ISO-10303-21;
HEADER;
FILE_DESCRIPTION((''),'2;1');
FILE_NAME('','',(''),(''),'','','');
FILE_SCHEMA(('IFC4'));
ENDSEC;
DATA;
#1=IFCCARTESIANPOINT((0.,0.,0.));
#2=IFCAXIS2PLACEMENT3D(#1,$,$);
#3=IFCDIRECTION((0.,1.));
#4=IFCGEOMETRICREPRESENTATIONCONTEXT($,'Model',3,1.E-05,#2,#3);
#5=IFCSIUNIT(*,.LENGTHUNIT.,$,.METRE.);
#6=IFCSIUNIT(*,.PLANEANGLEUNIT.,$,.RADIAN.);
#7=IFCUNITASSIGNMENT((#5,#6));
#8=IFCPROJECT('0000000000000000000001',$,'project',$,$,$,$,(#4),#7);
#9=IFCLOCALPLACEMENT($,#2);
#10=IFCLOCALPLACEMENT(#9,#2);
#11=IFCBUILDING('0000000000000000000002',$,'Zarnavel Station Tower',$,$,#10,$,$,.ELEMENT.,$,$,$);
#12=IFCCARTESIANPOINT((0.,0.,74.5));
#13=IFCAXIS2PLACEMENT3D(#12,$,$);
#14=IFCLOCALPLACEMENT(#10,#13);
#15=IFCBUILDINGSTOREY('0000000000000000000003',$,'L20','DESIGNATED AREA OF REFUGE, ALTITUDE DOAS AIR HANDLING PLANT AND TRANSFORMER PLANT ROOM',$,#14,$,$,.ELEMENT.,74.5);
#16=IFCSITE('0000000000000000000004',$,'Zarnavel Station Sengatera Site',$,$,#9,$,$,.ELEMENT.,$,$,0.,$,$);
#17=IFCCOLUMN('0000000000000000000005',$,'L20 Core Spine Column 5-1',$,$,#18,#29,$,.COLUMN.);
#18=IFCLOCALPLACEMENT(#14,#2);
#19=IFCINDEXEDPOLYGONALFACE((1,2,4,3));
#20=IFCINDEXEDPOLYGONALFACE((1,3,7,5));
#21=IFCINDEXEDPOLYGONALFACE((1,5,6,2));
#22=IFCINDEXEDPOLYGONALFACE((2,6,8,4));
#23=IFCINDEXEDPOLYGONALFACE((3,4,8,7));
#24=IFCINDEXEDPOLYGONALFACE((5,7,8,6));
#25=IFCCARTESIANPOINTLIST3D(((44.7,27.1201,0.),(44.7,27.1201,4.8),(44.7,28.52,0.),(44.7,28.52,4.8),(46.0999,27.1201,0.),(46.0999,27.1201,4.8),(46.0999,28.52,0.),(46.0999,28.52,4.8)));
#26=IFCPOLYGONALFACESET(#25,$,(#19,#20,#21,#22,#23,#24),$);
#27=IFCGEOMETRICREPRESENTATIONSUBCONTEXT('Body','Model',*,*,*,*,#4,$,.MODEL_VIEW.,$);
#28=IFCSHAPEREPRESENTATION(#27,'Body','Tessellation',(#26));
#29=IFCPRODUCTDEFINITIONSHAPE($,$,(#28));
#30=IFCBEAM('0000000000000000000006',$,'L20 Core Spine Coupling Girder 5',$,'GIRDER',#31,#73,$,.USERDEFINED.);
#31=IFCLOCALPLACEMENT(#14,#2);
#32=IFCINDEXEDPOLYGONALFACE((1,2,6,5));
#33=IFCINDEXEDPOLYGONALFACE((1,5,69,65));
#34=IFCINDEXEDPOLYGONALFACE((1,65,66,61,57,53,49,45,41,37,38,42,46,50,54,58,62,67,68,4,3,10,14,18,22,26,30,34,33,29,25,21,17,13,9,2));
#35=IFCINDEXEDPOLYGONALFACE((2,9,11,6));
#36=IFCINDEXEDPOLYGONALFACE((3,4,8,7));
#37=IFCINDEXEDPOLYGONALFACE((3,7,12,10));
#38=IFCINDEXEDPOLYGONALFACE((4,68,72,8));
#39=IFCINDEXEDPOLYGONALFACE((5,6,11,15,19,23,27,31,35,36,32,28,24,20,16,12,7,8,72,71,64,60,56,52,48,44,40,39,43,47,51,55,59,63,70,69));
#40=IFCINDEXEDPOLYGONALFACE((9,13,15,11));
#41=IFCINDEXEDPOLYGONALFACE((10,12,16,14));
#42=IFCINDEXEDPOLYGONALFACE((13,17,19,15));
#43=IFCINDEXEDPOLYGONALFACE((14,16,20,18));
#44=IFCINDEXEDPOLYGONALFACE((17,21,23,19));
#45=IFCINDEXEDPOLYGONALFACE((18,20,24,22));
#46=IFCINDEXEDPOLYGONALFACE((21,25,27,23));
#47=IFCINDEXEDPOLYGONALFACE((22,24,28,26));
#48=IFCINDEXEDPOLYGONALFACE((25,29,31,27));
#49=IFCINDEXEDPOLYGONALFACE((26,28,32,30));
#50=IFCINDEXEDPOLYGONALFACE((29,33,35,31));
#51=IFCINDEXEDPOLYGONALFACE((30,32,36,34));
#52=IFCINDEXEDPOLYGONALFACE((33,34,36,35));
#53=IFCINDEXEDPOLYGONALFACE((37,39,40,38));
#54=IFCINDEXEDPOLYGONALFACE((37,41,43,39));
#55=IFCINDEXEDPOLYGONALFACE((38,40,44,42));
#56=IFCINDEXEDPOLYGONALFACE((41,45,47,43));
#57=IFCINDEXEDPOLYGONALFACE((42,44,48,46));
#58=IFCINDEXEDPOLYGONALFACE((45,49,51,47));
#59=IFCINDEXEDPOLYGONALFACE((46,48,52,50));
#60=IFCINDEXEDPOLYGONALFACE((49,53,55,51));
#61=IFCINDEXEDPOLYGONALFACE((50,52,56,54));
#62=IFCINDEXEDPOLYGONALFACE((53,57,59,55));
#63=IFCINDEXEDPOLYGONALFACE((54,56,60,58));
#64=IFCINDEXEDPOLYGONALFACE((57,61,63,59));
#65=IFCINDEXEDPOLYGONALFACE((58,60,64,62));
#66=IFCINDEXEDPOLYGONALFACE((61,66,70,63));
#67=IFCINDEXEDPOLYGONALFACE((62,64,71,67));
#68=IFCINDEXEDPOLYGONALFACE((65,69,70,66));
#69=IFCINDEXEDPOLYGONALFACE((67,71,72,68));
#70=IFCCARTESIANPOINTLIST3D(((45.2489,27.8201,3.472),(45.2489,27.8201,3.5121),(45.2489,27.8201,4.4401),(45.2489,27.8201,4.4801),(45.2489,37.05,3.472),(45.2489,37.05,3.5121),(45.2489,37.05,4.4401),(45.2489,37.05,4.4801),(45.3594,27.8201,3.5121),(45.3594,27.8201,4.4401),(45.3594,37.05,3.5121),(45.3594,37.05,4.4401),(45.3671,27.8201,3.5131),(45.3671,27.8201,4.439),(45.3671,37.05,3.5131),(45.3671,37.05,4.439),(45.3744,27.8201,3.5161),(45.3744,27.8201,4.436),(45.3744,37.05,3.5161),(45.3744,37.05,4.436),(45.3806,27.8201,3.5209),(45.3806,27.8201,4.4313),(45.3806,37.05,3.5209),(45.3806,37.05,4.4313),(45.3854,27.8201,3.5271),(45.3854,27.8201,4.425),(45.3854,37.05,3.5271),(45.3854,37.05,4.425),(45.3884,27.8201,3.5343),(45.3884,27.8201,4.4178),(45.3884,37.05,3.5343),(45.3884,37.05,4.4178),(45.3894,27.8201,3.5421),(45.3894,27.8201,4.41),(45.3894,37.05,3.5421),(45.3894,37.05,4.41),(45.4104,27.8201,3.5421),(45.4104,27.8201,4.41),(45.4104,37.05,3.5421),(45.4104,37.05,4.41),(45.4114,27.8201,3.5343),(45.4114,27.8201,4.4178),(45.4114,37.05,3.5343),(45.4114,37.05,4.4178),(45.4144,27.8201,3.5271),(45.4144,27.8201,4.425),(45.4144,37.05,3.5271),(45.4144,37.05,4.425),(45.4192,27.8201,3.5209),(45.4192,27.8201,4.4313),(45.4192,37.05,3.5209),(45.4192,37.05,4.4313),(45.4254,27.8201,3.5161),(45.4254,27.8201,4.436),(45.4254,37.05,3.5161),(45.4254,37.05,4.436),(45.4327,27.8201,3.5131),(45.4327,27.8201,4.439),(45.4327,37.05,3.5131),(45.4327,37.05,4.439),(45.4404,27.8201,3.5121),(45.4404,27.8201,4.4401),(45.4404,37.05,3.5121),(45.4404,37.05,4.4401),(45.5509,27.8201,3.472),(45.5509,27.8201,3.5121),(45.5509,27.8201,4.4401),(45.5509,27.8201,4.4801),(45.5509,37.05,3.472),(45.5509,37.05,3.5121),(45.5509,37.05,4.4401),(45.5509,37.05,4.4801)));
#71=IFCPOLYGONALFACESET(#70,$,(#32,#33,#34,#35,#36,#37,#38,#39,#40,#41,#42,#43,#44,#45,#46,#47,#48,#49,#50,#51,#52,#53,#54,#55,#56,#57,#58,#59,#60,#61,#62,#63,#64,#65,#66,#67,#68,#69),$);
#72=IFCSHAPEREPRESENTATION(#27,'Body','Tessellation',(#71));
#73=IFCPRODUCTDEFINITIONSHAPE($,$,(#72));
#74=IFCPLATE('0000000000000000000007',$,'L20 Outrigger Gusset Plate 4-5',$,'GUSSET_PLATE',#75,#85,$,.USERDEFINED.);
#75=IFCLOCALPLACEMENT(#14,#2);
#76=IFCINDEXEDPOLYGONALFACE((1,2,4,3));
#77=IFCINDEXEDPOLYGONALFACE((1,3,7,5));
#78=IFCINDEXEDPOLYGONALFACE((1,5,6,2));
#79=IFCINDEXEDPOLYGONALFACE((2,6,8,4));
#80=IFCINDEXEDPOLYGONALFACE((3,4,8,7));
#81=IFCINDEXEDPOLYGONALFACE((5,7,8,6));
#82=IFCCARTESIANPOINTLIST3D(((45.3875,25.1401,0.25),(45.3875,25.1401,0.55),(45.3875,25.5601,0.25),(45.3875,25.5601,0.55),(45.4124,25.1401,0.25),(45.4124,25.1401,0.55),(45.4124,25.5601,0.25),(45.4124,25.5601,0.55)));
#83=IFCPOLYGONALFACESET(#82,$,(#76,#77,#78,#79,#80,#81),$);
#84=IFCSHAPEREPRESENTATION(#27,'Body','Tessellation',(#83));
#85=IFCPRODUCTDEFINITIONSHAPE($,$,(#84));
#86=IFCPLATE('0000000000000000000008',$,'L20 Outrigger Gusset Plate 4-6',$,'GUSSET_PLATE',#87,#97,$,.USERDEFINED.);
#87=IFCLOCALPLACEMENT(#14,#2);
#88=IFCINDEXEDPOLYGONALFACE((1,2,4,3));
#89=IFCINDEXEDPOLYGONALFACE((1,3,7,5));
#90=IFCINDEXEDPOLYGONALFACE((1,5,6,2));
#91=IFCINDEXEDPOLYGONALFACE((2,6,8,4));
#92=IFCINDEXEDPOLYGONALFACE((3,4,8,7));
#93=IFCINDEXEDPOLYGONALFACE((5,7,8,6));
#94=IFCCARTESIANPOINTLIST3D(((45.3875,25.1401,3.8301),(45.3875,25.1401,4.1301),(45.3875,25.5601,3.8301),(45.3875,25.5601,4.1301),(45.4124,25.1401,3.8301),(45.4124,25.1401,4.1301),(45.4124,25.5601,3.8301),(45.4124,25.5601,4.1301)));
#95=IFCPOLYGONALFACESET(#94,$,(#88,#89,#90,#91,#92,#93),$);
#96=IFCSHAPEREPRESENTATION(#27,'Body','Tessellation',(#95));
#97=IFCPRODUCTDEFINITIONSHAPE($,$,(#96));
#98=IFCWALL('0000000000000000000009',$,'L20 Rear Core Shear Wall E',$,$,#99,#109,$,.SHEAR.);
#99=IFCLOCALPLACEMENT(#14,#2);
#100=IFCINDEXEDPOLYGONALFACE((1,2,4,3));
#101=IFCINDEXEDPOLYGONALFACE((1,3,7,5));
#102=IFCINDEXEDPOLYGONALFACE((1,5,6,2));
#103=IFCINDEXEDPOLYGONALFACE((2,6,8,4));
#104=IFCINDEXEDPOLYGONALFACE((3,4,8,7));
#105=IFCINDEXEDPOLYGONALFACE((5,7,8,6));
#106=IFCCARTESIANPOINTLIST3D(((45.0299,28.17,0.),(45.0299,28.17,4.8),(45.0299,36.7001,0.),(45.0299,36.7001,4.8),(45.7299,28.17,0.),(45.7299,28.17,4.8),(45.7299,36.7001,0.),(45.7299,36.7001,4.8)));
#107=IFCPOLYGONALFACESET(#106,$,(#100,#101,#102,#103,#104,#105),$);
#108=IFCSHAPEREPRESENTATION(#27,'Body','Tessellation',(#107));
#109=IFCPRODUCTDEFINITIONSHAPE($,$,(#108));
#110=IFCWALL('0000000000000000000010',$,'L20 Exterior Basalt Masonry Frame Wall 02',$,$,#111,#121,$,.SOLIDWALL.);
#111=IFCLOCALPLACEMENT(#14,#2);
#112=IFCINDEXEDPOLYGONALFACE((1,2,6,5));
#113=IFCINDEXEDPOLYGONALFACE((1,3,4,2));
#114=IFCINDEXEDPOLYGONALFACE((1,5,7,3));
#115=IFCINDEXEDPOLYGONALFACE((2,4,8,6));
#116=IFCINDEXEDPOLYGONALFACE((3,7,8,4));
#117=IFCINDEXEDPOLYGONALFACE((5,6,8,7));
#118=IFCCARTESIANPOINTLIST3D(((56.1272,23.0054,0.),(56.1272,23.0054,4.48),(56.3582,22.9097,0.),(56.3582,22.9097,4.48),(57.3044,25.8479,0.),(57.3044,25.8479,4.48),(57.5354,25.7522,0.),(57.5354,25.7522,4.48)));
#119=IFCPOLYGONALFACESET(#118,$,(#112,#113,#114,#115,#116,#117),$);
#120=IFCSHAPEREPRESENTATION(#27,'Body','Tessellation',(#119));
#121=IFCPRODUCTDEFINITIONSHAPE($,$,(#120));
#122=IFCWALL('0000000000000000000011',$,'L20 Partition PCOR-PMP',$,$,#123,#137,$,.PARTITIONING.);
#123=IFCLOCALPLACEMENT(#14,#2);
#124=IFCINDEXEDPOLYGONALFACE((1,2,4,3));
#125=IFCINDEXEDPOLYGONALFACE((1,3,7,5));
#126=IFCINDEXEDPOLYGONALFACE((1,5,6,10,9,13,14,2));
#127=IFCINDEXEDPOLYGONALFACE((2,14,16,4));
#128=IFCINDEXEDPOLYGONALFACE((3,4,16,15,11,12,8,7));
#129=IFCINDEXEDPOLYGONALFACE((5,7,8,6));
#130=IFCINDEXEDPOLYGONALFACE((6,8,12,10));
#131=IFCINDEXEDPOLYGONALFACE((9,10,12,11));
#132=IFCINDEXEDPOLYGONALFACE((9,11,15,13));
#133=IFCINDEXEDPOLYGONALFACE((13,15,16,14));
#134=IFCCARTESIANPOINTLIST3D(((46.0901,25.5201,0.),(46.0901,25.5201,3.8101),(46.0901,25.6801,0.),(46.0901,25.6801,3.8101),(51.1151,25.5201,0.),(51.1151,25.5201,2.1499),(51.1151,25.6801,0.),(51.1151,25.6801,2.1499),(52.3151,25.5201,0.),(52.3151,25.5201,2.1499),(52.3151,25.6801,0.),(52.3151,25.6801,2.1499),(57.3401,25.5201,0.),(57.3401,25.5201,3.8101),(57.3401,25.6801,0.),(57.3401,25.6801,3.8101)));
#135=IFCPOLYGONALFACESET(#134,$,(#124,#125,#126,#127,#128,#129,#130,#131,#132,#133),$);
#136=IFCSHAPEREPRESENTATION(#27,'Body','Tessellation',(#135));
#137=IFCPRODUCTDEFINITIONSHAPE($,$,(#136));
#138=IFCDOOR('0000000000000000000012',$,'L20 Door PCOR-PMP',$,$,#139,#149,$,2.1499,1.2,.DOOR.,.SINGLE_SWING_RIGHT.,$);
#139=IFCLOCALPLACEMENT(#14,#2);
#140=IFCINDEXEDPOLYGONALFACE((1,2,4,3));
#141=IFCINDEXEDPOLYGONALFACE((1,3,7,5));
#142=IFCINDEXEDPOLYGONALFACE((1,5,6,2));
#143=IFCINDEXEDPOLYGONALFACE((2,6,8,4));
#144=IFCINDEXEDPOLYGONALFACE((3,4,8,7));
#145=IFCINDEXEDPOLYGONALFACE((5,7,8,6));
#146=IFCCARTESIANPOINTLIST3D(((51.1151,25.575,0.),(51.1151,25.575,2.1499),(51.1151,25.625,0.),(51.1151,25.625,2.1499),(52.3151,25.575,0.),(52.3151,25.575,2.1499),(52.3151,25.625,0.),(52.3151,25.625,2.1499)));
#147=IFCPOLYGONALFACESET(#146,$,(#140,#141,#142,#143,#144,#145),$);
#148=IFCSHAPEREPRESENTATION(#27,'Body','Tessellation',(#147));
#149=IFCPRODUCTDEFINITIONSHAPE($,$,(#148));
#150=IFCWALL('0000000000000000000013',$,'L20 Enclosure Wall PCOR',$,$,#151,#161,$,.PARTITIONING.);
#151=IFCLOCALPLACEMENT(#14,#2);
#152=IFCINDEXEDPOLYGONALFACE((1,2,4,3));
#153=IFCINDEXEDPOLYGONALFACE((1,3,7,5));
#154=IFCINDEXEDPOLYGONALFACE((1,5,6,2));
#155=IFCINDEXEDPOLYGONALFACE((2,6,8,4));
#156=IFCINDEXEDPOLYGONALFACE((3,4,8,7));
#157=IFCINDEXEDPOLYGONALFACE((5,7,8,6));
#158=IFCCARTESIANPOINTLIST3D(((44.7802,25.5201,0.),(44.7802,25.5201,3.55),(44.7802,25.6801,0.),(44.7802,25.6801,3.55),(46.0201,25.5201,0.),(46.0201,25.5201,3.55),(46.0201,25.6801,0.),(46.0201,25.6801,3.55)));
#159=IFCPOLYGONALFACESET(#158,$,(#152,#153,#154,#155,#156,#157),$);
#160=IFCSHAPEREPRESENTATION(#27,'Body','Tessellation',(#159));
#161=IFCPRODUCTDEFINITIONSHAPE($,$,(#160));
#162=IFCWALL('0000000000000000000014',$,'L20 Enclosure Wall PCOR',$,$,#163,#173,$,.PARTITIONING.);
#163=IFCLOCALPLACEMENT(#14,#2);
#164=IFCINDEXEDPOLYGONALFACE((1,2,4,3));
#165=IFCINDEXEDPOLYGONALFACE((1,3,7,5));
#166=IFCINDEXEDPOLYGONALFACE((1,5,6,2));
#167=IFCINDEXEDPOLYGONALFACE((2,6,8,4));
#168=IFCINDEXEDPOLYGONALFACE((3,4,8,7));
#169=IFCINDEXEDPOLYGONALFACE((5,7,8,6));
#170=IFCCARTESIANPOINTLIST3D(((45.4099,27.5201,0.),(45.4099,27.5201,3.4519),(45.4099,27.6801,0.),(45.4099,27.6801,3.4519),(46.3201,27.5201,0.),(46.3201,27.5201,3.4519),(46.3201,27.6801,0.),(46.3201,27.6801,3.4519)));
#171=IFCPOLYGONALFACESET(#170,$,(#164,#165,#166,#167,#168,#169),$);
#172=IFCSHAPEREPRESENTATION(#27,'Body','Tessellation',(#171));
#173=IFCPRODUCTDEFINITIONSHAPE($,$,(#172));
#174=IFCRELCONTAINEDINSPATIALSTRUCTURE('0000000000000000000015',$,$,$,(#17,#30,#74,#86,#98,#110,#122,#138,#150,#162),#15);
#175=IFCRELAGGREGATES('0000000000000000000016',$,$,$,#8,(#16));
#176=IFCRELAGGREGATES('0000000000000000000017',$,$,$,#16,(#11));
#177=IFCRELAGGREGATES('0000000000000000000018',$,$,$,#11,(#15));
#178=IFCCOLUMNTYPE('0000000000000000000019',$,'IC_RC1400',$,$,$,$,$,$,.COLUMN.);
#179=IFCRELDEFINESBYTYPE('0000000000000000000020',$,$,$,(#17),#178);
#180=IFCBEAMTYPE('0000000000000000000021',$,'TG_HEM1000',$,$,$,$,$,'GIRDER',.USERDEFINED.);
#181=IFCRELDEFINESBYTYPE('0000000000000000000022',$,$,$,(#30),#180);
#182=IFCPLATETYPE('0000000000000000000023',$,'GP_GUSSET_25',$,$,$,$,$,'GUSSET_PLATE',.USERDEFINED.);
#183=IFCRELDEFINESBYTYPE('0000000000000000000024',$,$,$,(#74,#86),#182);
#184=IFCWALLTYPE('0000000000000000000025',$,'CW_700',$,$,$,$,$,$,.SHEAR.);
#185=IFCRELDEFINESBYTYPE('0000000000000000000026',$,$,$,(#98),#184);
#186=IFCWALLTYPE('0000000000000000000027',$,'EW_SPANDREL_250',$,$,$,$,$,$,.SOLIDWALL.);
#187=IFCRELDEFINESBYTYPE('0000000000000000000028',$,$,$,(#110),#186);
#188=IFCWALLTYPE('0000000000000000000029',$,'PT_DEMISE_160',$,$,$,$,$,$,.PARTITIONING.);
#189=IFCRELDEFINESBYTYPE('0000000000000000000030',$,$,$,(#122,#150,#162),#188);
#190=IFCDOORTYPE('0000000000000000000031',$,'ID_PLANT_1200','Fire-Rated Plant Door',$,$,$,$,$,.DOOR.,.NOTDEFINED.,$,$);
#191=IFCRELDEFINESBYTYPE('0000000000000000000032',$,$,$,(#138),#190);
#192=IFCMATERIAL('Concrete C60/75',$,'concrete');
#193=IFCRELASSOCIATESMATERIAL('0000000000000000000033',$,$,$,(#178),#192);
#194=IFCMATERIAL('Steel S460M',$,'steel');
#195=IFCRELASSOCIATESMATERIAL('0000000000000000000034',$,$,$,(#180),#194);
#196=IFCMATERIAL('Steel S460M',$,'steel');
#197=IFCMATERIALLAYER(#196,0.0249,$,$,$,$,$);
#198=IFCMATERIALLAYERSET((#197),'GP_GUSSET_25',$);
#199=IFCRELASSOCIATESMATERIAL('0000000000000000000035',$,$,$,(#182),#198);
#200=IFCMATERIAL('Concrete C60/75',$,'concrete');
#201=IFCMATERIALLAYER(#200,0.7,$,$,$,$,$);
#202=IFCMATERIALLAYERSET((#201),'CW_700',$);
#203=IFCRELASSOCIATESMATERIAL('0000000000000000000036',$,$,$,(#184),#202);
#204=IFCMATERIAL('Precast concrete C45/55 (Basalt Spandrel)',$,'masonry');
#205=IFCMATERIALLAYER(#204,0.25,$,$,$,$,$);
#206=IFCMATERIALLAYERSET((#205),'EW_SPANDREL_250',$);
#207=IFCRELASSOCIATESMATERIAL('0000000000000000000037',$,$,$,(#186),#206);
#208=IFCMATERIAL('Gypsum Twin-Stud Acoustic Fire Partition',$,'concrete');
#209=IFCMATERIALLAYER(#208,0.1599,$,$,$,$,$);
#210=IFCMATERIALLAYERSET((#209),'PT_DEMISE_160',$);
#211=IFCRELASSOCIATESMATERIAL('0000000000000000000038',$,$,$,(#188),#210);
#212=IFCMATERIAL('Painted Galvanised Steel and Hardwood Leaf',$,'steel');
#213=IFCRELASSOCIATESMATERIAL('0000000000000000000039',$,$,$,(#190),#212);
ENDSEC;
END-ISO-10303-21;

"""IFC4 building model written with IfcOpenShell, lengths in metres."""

from ifc_helpers import new_model, si_unit, direction, frame, frame_2d, origin, origin_2d, place, context, subcontext, project, spatial, rectangle, i_section, extrude, material, layer, layer_set, material_profile, profile_set, type_object, element, fill, save


model = new_model("IFC4")

# Units and contexts
model_context = context("Model", 3, precision=1e-05, world=origin(), true_north=direction((0.0, 1.0)))
body_context = subcontext(model_context, "Body", "Model", "MODEL_VIEW")
ifc_project = project(units=[si_unit("LENGTHUNIT", "METRE"), si_unit("PLANEANGLEUNIT", "RADIAN")], contexts=[model_context])

# Site, building, storey
site_placement = place(None, origin())
site = spatial("IfcSite", under=ifc_project, at=site_placement, Name="Zarnavel Station Sengatera Site", CompositionType="ELEMENT", RefElevation=0.0)
building_placement = place(site_placement, origin())
building = spatial("IfcBuilding", under=site, at=building_placement, Name="Zarnavel Station Tower", CompositionType="ELEMENT")
storey_placement = place(building_placement, frame((0.0, 0.0, 74.5)))
storey = spatial("IfcBuildingStorey", under=building, at=storey_placement, Name="L20", Description="DESIGNATED AREA OF REFUGE, ALTITUDE DOAS AIR HANDLING PLANT AND TRANSFORMER PLANT ROOM", CompositionType="ELEMENT", Elevation=74.5)

# Column
ifc_material_1 = material(Name="Concrete C60/75", Category="concrete")
ifc_material_profile_1 = material_profile(ifc_material_1, rectangle(XDim=1.3999, YDim=1.3999, at=origin_2d()), Name="RC1400x1400")
ifc_profile_set_1 = profile_set([ifc_material_profile_1], Name="Concrete C60/75")
column_type = type_object("IfcColumnType", Name="IC_RC1400", PredefinedType="COLUMN", material=ifc_profile_set_1)
column_placement = place(storey_placement, frame((45.3999, 27.8201, 0.0), z_axis=(0.0, 0.0, 1.0), x_axis=(1.0, 0.0, 0.0)))
element("IfcColumn", 1, at=column_placement, inside=storey, type_object=column_type, Name="L20 Core Spine Column 5-1", PredefinedType="COLUMN", context=body_context, shape_type="SweptSolid", body=[
    extrude(rectangle(XDim=1.3999, YDim=1.3999, at=origin_2d()), origin(), (0.0, 0.0, 1.0), 4.8),
])

# Beam
ifc_material_2 = material(Name="Steel S460M", Category="steel")
ifc_material_profile_2 = material_profile(ifc_material_2, i_section(OverallWidth=0.302, OverallDepth=1.0081, WebThickness=0.021, FlangeThickness=0.04, FilletRadius=0.03, at=origin_2d()), Name="HEM1000")
ifc_profile_set_2 = profile_set([ifc_material_profile_2], Name="Steel S460M")
beam_type = type_object("IfcBeamType", Name="TG_HEM1000", ElementType="GIRDER", PredefinedType="USERDEFINED", material=ifc_profile_set_2)
beam_placement = place(storey_placement, frame((45.3999, 27.8201, 3.9761), z_axis=(0.0, 1.0, 0.0), x_axis=(-1.0, 0.0, 0.0)))
element("IfcBeam", 2, at=beam_placement, inside=storey, type_object=beam_type, Name="L20 Core Spine Coupling Girder 5", ObjectType="GIRDER", PredefinedType="USERDEFINED", context=body_context, shape_type="SweptSolid", body=[
    extrude(i_section(OverallWidth=0.302, OverallDepth=1.0081, WebThickness=0.021, FlangeThickness=0.04, FilletRadius=0.03, at=origin_2d()), origin(), (0.0, 0.0, 1.0), 9.23),
])

# Plates
ifc_material_3 = material(Name="Steel S460M", Category="steel")
ifc_layer_1 = layer(ifc_material_3, 0.0249)
ifc_layer_set_1 = layer_set([ifc_layer_1], Name="GP_GUSSET_25")
plate_type = type_object("IfcPlateType", Name="GP_GUSSET_25", ElementType="GUSSET_PLATE", PredefinedType="USERDEFINED", material=ifc_layer_set_1)
for number, where, z_axis, x_axis, name in (
    (3, (45.3999, 25.3501, 0.25), (0.0, 0.0, 1.0), (1.0, 0.0, 0.0), "L20 Outrigger Gusset Plate 4-5"),
    (4, (45.3999, 25.3501, 3.8301), (0.0, 0.0, 1.0), (1.0, 0.0, 0.0), "L20 Outrigger Gusset Plate 4-6"),
):
    element("IfcPlate", number, at=place(storey_placement, frame(where, z_axis=z_axis, x_axis=x_axis)), inside=storey, type_object=plate_type, Name=name, ObjectType="GUSSET_PLATE", PredefinedType="USERDEFINED", context=body_context, shape_type="SweptSolid", body=[
        extrude(rectangle(XDim=0.0249, YDim=0.4199, at=origin_2d()), origin(), (0.0, 0.0, 1.0), 0.3),
    ])

# Shared definitions
ifc_material_4 = material(Name="Concrete C60/75", Category="concrete")
ifc_layer_2 = layer(ifc_material_4, 0.7)
ifc_layer_set_2 = layer_set([ifc_layer_2], Name="CW_700")
wall_type_1 = type_object("IfcWallType", Name="CW_700", PredefinedType="SHEAR", material=ifc_layer_set_2)

# Walls
wall_1_placement = place(storey_placement, frame((45.3799, 28.1699, 0.0), z_axis=(0.0, 0.0, 1.0), x_axis=(0.0, 1.0, 0.0)))
element("IfcWall", 5, at=wall_1_placement, inside=storey, type_object=wall_type_1, Name="L20 Rear Core Shear Wall E", PredefinedType="SHEAR", context=body_context, shape_type="SweptSolid", body=[
    extrude(rectangle(XDim=8.53, YDim=0.7, at=frame_2d((4.2651, 0.0))), origin(), (0.0, 0.0, 1.0), 4.8),
])
ifc_material_5 = material(Name="Precast concrete C45/55 (Basalt Spandrel)", Category="masonry")
ifc_layer_3 = layer(ifc_material_5, 0.25)
ifc_layer_set_3 = layer_set([ifc_layer_3], Name="EW_SPANDREL_250")
wall_type_2 = type_object("IfcWallType", Name="EW_SPANDREL_250", PredefinedType="SOLIDWALL", material=ifc_layer_set_3)
wall_2_placement = place(storey_placement, frame((57.4199, 25.8, 0.0), z_axis=(0.0, 0.0, 1.0), x_axis=(-0.382637, -0.923899, 0.0)))
element("IfcWall", 6, at=wall_2_placement, inside=storey, type_object=wall_type_2, Name="L20 Exterior Basalt Masonry Frame Wall 02", PredefinedType="SOLIDWALL", context=body_context, shape_type="SweptSolid", body=[
    extrude(rectangle(XDim=3.0767, YDim=0.25, at=frame_2d((1.5383, 0.0))), origin(), (0.0, 0.0, 1.0), 4.48),
])

# Wall, opening, door
ifc_material_6 = material(Name="Gypsum Twin-Stud Acoustic Fire Partition", Category="concrete")
ifc_layer_4 = layer(ifc_material_6, 0.1599)
ifc_layer_set_4 = layer_set([ifc_layer_4], Name="PT_DEMISE_160")
wall_type_3 = type_object("IfcWallType", Name="PT_DEMISE_160", PredefinedType="PARTITIONING", material=ifc_layer_set_4)
wall_3_placement = place(storey_placement, frame((46.0901, 25.6001, 0.0), z_axis=(0.0, 0.0, 1.0), x_axis=(1.0, 0.0, 0.0)))
wall_3 = element("IfcWall", 7, at=wall_3_placement, inside=storey, type_object=wall_type_3, Name="L20 Partition PCOR-PMP", PredefinedType="PARTITIONING", context=body_context, shape_type="SweptSolid", body=[
    extrude(rectangle(XDim=11.25, YDim=0.1599, at=frame_2d((5.625, 0.0))), origin(), (0.0, 0.0, 1.0), 3.8101),
])
opening_1_placement = place(wall_3_placement, frame((5.0249, 0.0, 0.0)))
opening_1 = element("IfcOpeningElement", 8, at=opening_1_placement, cuts=wall_3, PredefinedType="OPENING", context=body_context, shape_type="SweptSolid", body=[
    extrude(rectangle(XDim=1.2, YDim=2.1499, at=frame_2d((0.6001, 1.075))), frame((0.0, 0.0898, 0.0), z_axis=(0.0, -1.0, 0.0), x_axis=(1.0, 0.0, 0.0)), (0.0, 0.0, 1.0), 0.1799),
])
ifc_material_7 = material(Name="Painted Galvanised Steel and Hardwood Leaf", Category="steel")
door_type_1 = type_object("IfcDoorType", Name="ID_PLANT_1200", Description="Fire-Rated Plant Door", OperationType="NOTDEFINED", PredefinedType="DOOR", material=ifc_material_7)
door_1_placement = place(opening_1_placement, origin())
door_1 = element("IfcDoor", 9, at=door_1_placement, inside=storey, type_object=door_type_1, Name="L20 Door PCOR-PMP", OperationType="SINGLE_SWING_RIGHT", OverallHeight=2.1499, OverallWidth=1.2, PredefinedType="DOOR", context=body_context, shape_type="SweptSolid", body=[
    extrude(rectangle(XDim=1.2, YDim=2.1499, at=frame_2d((0.6001, 1.075))), frame((0.0, 0.0249, 0.0), z_axis=(0.0, -1.0, 0.0), x_axis=(1.0, 0.0, 0.0)), (0.0, 0.0, 1.0), 0.05),
])
fill(opening_1, door_1)

# Walls
wall_4_placement = place(storey_placement, frame((44.78, 25.6001, 0.0), z_axis=(0.0, 0.0, 1.0), x_axis=(1.0, 0.0, 0.0)))
element("IfcWall", 10, at=wall_4_placement, inside=storey, type_object=wall_type_3, Name="L20 Enclosure Wall PCOR", PredefinedType="PARTITIONING", context=body_context, shape_type="SweptSolid", body=[
    extrude(rectangle(XDim=1.24, YDim=0.1599, at=frame_2d((0.6201, 0.0))), origin(), (0.0, 0.0, 1.0), 3.55),
])
wall_5_placement = place(storey_placement, frame((45.4099, 27.6001, 0.0), z_axis=(0.0, 0.0, 1.0), x_axis=(1.0, 0.0, 0.0)))
element("IfcWall", 11, at=wall_5_placement, inside=storey, type_object=wall_type_3, Name="L20 Enclosure Wall PCOR", PredefinedType="PARTITIONING", context=body_context, shape_type="SweptSolid", body=[
    extrude(rectangle(XDim=0.9102, YDim=0.1599, at=frame_2d((0.4551, 0.0))), origin(), (0.0, 0.0, 1.0), 3.4519),
])

save(model, "model.ifc")
